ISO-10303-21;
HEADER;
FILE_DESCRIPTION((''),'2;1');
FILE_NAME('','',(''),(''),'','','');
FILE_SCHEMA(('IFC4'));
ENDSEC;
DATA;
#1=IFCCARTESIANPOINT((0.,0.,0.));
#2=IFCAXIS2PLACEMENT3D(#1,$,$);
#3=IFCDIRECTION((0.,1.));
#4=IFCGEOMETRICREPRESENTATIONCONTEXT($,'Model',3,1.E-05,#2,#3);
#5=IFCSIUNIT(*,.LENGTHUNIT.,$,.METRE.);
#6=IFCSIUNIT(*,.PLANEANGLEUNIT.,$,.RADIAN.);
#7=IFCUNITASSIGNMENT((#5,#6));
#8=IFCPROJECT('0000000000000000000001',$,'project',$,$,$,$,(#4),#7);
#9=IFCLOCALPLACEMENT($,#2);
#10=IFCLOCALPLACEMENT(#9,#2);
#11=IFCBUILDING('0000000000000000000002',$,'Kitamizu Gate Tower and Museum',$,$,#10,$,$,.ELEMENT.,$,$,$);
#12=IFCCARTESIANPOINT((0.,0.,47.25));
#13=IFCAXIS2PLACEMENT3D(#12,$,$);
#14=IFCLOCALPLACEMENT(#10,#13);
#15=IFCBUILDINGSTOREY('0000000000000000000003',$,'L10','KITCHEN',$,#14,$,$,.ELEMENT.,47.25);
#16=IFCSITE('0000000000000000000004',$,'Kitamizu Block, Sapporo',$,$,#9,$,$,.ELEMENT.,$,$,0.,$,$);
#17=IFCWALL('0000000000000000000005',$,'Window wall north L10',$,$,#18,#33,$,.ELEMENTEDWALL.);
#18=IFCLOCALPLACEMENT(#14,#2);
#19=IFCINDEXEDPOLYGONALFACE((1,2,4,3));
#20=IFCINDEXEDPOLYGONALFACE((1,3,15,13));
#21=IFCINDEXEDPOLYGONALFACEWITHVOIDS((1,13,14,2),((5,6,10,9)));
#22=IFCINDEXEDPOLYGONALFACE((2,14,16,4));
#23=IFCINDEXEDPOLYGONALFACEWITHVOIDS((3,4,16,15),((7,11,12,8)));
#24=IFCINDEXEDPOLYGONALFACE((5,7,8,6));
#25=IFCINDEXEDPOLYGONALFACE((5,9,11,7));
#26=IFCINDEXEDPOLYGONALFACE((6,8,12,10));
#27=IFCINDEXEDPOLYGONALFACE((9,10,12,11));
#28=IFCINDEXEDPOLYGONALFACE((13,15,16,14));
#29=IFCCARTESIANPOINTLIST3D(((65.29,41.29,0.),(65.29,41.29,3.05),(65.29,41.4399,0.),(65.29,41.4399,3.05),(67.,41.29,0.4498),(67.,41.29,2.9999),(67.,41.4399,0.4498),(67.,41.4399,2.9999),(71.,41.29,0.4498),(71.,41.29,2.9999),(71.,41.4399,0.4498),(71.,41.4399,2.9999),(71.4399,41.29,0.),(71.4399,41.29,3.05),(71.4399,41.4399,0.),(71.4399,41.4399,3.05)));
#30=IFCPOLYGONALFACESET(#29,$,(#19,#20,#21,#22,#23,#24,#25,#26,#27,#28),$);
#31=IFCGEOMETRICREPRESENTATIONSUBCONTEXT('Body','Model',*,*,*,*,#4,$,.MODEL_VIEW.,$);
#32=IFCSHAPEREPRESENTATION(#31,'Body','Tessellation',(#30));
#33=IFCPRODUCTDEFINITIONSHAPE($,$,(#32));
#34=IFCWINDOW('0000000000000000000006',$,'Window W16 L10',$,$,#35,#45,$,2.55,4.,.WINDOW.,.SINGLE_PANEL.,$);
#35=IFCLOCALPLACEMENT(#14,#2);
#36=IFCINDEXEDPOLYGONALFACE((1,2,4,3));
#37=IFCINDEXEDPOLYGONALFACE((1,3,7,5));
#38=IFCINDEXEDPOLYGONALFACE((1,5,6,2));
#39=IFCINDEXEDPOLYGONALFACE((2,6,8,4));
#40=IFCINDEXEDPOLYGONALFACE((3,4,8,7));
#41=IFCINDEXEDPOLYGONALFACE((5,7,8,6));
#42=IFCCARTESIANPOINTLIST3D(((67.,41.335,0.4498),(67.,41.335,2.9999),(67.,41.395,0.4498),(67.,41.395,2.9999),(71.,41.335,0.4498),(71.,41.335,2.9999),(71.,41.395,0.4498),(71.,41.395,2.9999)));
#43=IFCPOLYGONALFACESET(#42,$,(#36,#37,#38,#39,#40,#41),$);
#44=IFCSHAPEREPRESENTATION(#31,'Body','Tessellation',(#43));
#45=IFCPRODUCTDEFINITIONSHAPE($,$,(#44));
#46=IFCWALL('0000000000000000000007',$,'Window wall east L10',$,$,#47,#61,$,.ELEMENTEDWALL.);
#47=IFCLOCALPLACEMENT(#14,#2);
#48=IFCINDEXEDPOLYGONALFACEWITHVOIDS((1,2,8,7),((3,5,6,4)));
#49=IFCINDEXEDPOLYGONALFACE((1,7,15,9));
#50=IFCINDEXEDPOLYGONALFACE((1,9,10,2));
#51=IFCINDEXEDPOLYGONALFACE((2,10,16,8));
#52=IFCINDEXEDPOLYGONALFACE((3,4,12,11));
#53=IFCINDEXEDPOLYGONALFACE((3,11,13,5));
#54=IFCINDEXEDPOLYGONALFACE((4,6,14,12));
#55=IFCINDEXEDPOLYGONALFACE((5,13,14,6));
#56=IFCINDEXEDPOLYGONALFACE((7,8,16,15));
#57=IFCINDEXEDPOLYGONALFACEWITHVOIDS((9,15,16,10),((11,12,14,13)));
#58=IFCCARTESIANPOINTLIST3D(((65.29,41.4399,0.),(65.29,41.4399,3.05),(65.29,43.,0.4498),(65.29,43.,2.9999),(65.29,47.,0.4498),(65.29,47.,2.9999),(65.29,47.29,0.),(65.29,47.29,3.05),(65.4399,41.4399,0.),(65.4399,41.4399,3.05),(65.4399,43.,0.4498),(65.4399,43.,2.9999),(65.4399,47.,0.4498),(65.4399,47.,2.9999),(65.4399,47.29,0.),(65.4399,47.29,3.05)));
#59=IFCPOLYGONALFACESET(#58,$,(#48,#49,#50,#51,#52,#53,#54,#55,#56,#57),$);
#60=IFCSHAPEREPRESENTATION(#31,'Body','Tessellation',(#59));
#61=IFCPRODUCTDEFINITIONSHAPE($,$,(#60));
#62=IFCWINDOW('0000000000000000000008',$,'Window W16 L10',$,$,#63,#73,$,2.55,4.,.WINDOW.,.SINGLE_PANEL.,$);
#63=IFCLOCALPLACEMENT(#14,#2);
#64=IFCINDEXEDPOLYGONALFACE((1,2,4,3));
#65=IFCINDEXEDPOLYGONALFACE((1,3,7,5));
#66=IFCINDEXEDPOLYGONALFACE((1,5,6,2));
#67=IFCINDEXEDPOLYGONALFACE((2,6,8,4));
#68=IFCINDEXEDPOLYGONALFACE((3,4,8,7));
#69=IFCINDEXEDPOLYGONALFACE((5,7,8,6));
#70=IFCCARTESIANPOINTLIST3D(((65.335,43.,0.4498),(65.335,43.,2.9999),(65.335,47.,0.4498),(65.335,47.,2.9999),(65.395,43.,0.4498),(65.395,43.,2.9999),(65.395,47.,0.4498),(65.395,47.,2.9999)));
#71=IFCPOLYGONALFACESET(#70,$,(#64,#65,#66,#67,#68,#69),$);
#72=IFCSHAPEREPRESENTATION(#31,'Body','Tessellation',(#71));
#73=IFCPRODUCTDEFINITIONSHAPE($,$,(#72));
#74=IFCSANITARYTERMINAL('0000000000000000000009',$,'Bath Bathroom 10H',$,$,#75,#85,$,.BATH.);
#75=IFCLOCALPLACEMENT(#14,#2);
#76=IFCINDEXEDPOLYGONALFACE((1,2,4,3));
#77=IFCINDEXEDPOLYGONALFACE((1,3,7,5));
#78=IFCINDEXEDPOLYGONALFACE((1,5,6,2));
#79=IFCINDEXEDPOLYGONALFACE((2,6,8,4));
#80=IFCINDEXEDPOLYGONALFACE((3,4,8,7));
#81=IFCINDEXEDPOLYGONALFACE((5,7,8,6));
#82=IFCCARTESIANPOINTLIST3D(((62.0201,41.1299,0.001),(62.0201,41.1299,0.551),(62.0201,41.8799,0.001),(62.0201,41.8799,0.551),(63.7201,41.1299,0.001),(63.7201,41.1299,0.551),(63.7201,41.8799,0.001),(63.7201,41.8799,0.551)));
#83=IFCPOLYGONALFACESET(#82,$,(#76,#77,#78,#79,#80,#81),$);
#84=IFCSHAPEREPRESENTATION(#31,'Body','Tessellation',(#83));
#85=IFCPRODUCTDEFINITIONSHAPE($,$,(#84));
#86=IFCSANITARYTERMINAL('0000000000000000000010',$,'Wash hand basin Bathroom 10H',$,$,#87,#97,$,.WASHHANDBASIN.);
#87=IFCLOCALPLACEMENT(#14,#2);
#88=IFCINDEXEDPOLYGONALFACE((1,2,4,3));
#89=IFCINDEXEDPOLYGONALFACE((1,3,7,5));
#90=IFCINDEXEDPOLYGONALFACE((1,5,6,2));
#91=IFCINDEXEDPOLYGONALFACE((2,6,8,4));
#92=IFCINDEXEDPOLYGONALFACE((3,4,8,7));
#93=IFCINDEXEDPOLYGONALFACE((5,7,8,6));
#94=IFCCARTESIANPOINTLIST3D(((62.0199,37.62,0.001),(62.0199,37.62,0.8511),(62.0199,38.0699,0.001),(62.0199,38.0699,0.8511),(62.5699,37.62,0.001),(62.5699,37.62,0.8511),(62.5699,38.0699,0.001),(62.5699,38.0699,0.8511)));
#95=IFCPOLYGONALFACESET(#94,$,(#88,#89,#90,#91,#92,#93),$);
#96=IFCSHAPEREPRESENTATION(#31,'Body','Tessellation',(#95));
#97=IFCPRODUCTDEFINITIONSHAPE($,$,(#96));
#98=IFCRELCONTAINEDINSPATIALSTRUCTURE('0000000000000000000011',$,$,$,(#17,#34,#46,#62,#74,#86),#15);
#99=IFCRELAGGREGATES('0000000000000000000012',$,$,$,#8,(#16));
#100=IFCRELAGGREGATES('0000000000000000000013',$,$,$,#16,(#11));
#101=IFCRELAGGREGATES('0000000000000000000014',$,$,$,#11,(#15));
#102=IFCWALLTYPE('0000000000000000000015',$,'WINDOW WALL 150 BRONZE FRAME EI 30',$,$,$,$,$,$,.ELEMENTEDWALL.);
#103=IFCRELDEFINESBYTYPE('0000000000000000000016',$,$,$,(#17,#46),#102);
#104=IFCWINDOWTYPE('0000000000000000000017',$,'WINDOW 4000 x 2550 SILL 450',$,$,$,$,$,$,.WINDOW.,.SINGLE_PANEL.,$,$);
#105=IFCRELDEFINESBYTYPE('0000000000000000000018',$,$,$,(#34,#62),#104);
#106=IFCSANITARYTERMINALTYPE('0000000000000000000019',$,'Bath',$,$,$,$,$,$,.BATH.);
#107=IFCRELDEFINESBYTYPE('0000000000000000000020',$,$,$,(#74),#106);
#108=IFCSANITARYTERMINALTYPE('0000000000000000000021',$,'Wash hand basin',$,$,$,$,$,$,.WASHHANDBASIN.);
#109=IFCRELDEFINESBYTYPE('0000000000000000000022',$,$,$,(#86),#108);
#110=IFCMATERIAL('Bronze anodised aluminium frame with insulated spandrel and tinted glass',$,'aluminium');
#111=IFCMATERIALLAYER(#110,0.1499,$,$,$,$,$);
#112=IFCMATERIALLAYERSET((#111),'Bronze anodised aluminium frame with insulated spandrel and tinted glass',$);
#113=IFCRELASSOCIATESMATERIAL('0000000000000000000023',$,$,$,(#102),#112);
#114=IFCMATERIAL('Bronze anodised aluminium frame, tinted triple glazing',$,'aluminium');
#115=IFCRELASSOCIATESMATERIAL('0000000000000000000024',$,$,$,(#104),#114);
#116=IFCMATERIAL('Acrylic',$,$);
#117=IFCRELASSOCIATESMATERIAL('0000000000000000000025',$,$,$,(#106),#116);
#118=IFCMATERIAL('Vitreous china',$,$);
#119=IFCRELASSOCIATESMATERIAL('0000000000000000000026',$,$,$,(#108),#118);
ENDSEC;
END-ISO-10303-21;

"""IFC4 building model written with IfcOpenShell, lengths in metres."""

from ifc_helpers import new_model, si_unit, direction, frame, frame_2d, origin, origin_2d, place, context, subcontext, project, spatial, rectangle, extrude, material, layer, layer_set, type_object, element, fill, save


model = new_model("IFC4")

# Units and contexts
model_context = context("Model", 3, precision=1e-05, world=origin(), true_north=direction((0.0, 1.0)))
body_context = subcontext(model_context, "Body", "Model", "MODEL_VIEW")
ifc_project = project(units=[si_unit("LENGTHUNIT", "METRE"), si_unit("PLANEANGLEUNIT", "RADIAN")], contexts=[model_context])

# Site, building, storey
site_placement = place(None, origin())
site = spatial("IfcSite", under=ifc_project, at=site_placement, Name="Kitamizu Block, Sapporo", CompositionType="ELEMENT", RefElevation=0.0)
building_placement = place(site_placement, origin())
building = spatial("IfcBuilding", under=site, at=building_placement, Name="Kitamizu Gate Tower and Museum", CompositionType="ELEMENT")
storey_placement = place(building_placement, frame((0.0, 0.0, 47.25)))
storey = spatial("IfcBuildingStorey", under=building, at=storey_placement, Name="L10", Description="KITCHEN", CompositionType="ELEMENT", Elevation=47.25)

# Walls, openings, windows
ifc_material_1 = material(Name="Bronze anodised aluminium frame with insulated spandrel and tinted glass", Category="aluminium")
ifc_layer_1 = layer(ifc_material_1, 0.1499)
ifc_layer_set_1 = layer_set([ifc_layer_1], Name="Bronze anodised aluminium frame with insulated spandrel and tinted glass")
wall_type_1 = type_object("IfcWallType", Name="WINDOW WALL 150 BRONZE FRAME EI 30", PredefinedType="ELEMENTEDWALL", material=ifc_layer_set_1)
wall_1_placement = place(storey_placement, frame((65.29, 41.365, 0.0), z_axis=(0.0, 0.0, 1.0), x_axis=(1.0, 0.0, 0.0)))
wall_1 = element("IfcWall", 1, at=wall_1_placement, inside=storey, type_object=wall_type_1, Name="Window wall north L10", PredefinedType="ELEMENTEDWALL", context=body_context, shape_type="SweptSolid", body=[
    extrude(rectangle(XDim=6.1499, YDim=0.1499, at=frame_2d((3.075, 0.0))), origin(), (0.0, 0.0, 1.0), 3.05),
])
opening_1_placement = place(wall_1_placement, frame((1.71, 0.0, 0.45)))
opening_1 = element("IfcOpeningElement", 2, at=opening_1_placement, cuts=wall_1, PredefinedType="OPENING", context=body_context, shape_type="SweptSolid", body=[
    extrude(rectangle(XDim=4.0, YDim=2.55, at=frame_2d((2.0, 1.2749))), frame((0.0, 0.085, 0.0), z_axis=(0.0, -1.0, 0.0), x_axis=(1.0, 0.0, 0.0)), (0.0, 0.0, 1.0), 0.1699),
])
ifc_material_2 = material(Name="Bronze anodised aluminium frame, tinted triple glazing", Category="aluminium")
window_type = type_object("IfcWindowType", Name="WINDOW 4000 x 2550 SILL 450", PartitioningType="SINGLE_PANEL", PredefinedType="WINDOW", material=ifc_material_2)
window_1_placement = place(opening_1_placement, origin())
window_1 = element("IfcWindow", 3, at=window_1_placement, inside=storey, type_object=window_type, Name="Window W16 L10", OverallHeight=2.55, OverallWidth=4.0, PartitioningType="SINGLE_PANEL", PredefinedType="WINDOW", context=body_context, shape_type="SweptSolid", body=[
    extrude(rectangle(XDim=4.0, YDim=2.55, at=frame_2d((2.0, 1.2749))), frame((0.0, 0.03, 0.0), z_axis=(0.0, -1.0, 0.0), x_axis=(1.0, 0.0, 0.0)), (0.0, 0.0, 1.0), 0.0601),
])
fill(opening_1, window_1)
wall_2_placement = place(storey_placement, frame((65.365, 41.4399, 0.0), z_axis=(0.0, 0.0, 1.0), x_axis=(0.0, 1.0, 0.0)))
wall_2 = element("IfcWall", 4, at=wall_2_placement, inside=storey, type_object=wall_type_1, Name="Window wall east L10", PredefinedType="ELEMENTEDWALL", context=body_context, shape_type="SweptSolid", body=[
    extrude(rectangle(XDim=5.8501, YDim=0.1499, at=frame_2d((2.925, 0.0))), origin(), (0.0, 0.0, 1.0), 3.05),
])
opening_2_placement = place(wall_2_placement, frame((1.5601, 0.0, 0.45)))
opening_2 = element("IfcOpeningElement", 5, at=opening_2_placement, cuts=wall_2, PredefinedType="OPENING", context=body_context, shape_type="SweptSolid", body=[
    extrude(rectangle(XDim=4.0, YDim=2.55, at=frame_2d((2.0, 1.2749))), frame((0.0, 0.085, 0.0), z_axis=(0.0, -1.0, 0.0), x_axis=(1.0, 0.0, 0.0)), (0.0, 0.0, 1.0), 0.1699),
])
window_2_placement = place(opening_2_placement, origin())
window_2 = element("IfcWindow", 6, at=window_2_placement, inside=storey, type_object=window_type, Name="Window W16 L10", OverallHeight=2.55, OverallWidth=4.0, PartitioningType="SINGLE_PANEL", PredefinedType="WINDOW", context=body_context, shape_type="SweptSolid", body=[
    extrude(rectangle(XDim=4.0, YDim=2.55, at=frame_2d((2.0, 1.2749))), frame((0.0, 0.03, 0.0), z_axis=(0.0, -1.0, 0.0), x_axis=(1.0, 0.0, 0.0)), (0.0, 0.0, 1.0), 0.0601),
])
fill(opening_2, window_2)

# Sanitary terminals
ifc_material_3 = material(Name="Acrylic")
sanitary_terminal_type_1 = type_object("IfcSanitaryTerminalType", Name="Bath", PredefinedType="BATH", material=ifc_material_3)
sanitary_terminal_1_placement = place(storey_placement, frame((62.8701, 41.5049, 0.001), z_axis=(0.0, 0.0, 1.0), x_axis=(1.0, 0.0, 0.0)))
element("IfcSanitaryTerminal", 7, at=sanitary_terminal_1_placement, inside=storey, type_object=sanitary_terminal_type_1, Name="Bath Bathroom 10H", PredefinedType="BATH", context=body_context, shape_type="SweptSolid", body=[
    extrude(rectangle(XDim=1.7, YDim=0.75, at=origin_2d()), origin(), (0.0, 0.0, 1.0), 0.55),
])
ifc_material_4 = material(Name="Vitreous china")
sanitary_terminal_type_2 = type_object("IfcSanitaryTerminalType", Name="Wash hand basin", PredefinedType="WASHHANDBASIN", material=ifc_material_4)
sanitary_terminal_2_placement = place(storey_placement, frame((62.2949, 37.845, 0.001), z_axis=(0.0, 0.0, 1.0), x_axis=(1.0, 0.0, 0.0)))
element("IfcSanitaryTerminal", 8, at=sanitary_terminal_2_placement, inside=storey, type_object=sanitary_terminal_type_2, Name="Wash hand basin Bathroom 10H", PredefinedType="WASHHANDBASIN", context=body_context, shape_type="SweptSolid", body=[
    extrude(rectangle(XDim=0.55, YDim=0.45, at=origin_2d()), origin(), (0.0, 0.0, 1.0), 0.8501),
])

save(model, "model.ifc")
